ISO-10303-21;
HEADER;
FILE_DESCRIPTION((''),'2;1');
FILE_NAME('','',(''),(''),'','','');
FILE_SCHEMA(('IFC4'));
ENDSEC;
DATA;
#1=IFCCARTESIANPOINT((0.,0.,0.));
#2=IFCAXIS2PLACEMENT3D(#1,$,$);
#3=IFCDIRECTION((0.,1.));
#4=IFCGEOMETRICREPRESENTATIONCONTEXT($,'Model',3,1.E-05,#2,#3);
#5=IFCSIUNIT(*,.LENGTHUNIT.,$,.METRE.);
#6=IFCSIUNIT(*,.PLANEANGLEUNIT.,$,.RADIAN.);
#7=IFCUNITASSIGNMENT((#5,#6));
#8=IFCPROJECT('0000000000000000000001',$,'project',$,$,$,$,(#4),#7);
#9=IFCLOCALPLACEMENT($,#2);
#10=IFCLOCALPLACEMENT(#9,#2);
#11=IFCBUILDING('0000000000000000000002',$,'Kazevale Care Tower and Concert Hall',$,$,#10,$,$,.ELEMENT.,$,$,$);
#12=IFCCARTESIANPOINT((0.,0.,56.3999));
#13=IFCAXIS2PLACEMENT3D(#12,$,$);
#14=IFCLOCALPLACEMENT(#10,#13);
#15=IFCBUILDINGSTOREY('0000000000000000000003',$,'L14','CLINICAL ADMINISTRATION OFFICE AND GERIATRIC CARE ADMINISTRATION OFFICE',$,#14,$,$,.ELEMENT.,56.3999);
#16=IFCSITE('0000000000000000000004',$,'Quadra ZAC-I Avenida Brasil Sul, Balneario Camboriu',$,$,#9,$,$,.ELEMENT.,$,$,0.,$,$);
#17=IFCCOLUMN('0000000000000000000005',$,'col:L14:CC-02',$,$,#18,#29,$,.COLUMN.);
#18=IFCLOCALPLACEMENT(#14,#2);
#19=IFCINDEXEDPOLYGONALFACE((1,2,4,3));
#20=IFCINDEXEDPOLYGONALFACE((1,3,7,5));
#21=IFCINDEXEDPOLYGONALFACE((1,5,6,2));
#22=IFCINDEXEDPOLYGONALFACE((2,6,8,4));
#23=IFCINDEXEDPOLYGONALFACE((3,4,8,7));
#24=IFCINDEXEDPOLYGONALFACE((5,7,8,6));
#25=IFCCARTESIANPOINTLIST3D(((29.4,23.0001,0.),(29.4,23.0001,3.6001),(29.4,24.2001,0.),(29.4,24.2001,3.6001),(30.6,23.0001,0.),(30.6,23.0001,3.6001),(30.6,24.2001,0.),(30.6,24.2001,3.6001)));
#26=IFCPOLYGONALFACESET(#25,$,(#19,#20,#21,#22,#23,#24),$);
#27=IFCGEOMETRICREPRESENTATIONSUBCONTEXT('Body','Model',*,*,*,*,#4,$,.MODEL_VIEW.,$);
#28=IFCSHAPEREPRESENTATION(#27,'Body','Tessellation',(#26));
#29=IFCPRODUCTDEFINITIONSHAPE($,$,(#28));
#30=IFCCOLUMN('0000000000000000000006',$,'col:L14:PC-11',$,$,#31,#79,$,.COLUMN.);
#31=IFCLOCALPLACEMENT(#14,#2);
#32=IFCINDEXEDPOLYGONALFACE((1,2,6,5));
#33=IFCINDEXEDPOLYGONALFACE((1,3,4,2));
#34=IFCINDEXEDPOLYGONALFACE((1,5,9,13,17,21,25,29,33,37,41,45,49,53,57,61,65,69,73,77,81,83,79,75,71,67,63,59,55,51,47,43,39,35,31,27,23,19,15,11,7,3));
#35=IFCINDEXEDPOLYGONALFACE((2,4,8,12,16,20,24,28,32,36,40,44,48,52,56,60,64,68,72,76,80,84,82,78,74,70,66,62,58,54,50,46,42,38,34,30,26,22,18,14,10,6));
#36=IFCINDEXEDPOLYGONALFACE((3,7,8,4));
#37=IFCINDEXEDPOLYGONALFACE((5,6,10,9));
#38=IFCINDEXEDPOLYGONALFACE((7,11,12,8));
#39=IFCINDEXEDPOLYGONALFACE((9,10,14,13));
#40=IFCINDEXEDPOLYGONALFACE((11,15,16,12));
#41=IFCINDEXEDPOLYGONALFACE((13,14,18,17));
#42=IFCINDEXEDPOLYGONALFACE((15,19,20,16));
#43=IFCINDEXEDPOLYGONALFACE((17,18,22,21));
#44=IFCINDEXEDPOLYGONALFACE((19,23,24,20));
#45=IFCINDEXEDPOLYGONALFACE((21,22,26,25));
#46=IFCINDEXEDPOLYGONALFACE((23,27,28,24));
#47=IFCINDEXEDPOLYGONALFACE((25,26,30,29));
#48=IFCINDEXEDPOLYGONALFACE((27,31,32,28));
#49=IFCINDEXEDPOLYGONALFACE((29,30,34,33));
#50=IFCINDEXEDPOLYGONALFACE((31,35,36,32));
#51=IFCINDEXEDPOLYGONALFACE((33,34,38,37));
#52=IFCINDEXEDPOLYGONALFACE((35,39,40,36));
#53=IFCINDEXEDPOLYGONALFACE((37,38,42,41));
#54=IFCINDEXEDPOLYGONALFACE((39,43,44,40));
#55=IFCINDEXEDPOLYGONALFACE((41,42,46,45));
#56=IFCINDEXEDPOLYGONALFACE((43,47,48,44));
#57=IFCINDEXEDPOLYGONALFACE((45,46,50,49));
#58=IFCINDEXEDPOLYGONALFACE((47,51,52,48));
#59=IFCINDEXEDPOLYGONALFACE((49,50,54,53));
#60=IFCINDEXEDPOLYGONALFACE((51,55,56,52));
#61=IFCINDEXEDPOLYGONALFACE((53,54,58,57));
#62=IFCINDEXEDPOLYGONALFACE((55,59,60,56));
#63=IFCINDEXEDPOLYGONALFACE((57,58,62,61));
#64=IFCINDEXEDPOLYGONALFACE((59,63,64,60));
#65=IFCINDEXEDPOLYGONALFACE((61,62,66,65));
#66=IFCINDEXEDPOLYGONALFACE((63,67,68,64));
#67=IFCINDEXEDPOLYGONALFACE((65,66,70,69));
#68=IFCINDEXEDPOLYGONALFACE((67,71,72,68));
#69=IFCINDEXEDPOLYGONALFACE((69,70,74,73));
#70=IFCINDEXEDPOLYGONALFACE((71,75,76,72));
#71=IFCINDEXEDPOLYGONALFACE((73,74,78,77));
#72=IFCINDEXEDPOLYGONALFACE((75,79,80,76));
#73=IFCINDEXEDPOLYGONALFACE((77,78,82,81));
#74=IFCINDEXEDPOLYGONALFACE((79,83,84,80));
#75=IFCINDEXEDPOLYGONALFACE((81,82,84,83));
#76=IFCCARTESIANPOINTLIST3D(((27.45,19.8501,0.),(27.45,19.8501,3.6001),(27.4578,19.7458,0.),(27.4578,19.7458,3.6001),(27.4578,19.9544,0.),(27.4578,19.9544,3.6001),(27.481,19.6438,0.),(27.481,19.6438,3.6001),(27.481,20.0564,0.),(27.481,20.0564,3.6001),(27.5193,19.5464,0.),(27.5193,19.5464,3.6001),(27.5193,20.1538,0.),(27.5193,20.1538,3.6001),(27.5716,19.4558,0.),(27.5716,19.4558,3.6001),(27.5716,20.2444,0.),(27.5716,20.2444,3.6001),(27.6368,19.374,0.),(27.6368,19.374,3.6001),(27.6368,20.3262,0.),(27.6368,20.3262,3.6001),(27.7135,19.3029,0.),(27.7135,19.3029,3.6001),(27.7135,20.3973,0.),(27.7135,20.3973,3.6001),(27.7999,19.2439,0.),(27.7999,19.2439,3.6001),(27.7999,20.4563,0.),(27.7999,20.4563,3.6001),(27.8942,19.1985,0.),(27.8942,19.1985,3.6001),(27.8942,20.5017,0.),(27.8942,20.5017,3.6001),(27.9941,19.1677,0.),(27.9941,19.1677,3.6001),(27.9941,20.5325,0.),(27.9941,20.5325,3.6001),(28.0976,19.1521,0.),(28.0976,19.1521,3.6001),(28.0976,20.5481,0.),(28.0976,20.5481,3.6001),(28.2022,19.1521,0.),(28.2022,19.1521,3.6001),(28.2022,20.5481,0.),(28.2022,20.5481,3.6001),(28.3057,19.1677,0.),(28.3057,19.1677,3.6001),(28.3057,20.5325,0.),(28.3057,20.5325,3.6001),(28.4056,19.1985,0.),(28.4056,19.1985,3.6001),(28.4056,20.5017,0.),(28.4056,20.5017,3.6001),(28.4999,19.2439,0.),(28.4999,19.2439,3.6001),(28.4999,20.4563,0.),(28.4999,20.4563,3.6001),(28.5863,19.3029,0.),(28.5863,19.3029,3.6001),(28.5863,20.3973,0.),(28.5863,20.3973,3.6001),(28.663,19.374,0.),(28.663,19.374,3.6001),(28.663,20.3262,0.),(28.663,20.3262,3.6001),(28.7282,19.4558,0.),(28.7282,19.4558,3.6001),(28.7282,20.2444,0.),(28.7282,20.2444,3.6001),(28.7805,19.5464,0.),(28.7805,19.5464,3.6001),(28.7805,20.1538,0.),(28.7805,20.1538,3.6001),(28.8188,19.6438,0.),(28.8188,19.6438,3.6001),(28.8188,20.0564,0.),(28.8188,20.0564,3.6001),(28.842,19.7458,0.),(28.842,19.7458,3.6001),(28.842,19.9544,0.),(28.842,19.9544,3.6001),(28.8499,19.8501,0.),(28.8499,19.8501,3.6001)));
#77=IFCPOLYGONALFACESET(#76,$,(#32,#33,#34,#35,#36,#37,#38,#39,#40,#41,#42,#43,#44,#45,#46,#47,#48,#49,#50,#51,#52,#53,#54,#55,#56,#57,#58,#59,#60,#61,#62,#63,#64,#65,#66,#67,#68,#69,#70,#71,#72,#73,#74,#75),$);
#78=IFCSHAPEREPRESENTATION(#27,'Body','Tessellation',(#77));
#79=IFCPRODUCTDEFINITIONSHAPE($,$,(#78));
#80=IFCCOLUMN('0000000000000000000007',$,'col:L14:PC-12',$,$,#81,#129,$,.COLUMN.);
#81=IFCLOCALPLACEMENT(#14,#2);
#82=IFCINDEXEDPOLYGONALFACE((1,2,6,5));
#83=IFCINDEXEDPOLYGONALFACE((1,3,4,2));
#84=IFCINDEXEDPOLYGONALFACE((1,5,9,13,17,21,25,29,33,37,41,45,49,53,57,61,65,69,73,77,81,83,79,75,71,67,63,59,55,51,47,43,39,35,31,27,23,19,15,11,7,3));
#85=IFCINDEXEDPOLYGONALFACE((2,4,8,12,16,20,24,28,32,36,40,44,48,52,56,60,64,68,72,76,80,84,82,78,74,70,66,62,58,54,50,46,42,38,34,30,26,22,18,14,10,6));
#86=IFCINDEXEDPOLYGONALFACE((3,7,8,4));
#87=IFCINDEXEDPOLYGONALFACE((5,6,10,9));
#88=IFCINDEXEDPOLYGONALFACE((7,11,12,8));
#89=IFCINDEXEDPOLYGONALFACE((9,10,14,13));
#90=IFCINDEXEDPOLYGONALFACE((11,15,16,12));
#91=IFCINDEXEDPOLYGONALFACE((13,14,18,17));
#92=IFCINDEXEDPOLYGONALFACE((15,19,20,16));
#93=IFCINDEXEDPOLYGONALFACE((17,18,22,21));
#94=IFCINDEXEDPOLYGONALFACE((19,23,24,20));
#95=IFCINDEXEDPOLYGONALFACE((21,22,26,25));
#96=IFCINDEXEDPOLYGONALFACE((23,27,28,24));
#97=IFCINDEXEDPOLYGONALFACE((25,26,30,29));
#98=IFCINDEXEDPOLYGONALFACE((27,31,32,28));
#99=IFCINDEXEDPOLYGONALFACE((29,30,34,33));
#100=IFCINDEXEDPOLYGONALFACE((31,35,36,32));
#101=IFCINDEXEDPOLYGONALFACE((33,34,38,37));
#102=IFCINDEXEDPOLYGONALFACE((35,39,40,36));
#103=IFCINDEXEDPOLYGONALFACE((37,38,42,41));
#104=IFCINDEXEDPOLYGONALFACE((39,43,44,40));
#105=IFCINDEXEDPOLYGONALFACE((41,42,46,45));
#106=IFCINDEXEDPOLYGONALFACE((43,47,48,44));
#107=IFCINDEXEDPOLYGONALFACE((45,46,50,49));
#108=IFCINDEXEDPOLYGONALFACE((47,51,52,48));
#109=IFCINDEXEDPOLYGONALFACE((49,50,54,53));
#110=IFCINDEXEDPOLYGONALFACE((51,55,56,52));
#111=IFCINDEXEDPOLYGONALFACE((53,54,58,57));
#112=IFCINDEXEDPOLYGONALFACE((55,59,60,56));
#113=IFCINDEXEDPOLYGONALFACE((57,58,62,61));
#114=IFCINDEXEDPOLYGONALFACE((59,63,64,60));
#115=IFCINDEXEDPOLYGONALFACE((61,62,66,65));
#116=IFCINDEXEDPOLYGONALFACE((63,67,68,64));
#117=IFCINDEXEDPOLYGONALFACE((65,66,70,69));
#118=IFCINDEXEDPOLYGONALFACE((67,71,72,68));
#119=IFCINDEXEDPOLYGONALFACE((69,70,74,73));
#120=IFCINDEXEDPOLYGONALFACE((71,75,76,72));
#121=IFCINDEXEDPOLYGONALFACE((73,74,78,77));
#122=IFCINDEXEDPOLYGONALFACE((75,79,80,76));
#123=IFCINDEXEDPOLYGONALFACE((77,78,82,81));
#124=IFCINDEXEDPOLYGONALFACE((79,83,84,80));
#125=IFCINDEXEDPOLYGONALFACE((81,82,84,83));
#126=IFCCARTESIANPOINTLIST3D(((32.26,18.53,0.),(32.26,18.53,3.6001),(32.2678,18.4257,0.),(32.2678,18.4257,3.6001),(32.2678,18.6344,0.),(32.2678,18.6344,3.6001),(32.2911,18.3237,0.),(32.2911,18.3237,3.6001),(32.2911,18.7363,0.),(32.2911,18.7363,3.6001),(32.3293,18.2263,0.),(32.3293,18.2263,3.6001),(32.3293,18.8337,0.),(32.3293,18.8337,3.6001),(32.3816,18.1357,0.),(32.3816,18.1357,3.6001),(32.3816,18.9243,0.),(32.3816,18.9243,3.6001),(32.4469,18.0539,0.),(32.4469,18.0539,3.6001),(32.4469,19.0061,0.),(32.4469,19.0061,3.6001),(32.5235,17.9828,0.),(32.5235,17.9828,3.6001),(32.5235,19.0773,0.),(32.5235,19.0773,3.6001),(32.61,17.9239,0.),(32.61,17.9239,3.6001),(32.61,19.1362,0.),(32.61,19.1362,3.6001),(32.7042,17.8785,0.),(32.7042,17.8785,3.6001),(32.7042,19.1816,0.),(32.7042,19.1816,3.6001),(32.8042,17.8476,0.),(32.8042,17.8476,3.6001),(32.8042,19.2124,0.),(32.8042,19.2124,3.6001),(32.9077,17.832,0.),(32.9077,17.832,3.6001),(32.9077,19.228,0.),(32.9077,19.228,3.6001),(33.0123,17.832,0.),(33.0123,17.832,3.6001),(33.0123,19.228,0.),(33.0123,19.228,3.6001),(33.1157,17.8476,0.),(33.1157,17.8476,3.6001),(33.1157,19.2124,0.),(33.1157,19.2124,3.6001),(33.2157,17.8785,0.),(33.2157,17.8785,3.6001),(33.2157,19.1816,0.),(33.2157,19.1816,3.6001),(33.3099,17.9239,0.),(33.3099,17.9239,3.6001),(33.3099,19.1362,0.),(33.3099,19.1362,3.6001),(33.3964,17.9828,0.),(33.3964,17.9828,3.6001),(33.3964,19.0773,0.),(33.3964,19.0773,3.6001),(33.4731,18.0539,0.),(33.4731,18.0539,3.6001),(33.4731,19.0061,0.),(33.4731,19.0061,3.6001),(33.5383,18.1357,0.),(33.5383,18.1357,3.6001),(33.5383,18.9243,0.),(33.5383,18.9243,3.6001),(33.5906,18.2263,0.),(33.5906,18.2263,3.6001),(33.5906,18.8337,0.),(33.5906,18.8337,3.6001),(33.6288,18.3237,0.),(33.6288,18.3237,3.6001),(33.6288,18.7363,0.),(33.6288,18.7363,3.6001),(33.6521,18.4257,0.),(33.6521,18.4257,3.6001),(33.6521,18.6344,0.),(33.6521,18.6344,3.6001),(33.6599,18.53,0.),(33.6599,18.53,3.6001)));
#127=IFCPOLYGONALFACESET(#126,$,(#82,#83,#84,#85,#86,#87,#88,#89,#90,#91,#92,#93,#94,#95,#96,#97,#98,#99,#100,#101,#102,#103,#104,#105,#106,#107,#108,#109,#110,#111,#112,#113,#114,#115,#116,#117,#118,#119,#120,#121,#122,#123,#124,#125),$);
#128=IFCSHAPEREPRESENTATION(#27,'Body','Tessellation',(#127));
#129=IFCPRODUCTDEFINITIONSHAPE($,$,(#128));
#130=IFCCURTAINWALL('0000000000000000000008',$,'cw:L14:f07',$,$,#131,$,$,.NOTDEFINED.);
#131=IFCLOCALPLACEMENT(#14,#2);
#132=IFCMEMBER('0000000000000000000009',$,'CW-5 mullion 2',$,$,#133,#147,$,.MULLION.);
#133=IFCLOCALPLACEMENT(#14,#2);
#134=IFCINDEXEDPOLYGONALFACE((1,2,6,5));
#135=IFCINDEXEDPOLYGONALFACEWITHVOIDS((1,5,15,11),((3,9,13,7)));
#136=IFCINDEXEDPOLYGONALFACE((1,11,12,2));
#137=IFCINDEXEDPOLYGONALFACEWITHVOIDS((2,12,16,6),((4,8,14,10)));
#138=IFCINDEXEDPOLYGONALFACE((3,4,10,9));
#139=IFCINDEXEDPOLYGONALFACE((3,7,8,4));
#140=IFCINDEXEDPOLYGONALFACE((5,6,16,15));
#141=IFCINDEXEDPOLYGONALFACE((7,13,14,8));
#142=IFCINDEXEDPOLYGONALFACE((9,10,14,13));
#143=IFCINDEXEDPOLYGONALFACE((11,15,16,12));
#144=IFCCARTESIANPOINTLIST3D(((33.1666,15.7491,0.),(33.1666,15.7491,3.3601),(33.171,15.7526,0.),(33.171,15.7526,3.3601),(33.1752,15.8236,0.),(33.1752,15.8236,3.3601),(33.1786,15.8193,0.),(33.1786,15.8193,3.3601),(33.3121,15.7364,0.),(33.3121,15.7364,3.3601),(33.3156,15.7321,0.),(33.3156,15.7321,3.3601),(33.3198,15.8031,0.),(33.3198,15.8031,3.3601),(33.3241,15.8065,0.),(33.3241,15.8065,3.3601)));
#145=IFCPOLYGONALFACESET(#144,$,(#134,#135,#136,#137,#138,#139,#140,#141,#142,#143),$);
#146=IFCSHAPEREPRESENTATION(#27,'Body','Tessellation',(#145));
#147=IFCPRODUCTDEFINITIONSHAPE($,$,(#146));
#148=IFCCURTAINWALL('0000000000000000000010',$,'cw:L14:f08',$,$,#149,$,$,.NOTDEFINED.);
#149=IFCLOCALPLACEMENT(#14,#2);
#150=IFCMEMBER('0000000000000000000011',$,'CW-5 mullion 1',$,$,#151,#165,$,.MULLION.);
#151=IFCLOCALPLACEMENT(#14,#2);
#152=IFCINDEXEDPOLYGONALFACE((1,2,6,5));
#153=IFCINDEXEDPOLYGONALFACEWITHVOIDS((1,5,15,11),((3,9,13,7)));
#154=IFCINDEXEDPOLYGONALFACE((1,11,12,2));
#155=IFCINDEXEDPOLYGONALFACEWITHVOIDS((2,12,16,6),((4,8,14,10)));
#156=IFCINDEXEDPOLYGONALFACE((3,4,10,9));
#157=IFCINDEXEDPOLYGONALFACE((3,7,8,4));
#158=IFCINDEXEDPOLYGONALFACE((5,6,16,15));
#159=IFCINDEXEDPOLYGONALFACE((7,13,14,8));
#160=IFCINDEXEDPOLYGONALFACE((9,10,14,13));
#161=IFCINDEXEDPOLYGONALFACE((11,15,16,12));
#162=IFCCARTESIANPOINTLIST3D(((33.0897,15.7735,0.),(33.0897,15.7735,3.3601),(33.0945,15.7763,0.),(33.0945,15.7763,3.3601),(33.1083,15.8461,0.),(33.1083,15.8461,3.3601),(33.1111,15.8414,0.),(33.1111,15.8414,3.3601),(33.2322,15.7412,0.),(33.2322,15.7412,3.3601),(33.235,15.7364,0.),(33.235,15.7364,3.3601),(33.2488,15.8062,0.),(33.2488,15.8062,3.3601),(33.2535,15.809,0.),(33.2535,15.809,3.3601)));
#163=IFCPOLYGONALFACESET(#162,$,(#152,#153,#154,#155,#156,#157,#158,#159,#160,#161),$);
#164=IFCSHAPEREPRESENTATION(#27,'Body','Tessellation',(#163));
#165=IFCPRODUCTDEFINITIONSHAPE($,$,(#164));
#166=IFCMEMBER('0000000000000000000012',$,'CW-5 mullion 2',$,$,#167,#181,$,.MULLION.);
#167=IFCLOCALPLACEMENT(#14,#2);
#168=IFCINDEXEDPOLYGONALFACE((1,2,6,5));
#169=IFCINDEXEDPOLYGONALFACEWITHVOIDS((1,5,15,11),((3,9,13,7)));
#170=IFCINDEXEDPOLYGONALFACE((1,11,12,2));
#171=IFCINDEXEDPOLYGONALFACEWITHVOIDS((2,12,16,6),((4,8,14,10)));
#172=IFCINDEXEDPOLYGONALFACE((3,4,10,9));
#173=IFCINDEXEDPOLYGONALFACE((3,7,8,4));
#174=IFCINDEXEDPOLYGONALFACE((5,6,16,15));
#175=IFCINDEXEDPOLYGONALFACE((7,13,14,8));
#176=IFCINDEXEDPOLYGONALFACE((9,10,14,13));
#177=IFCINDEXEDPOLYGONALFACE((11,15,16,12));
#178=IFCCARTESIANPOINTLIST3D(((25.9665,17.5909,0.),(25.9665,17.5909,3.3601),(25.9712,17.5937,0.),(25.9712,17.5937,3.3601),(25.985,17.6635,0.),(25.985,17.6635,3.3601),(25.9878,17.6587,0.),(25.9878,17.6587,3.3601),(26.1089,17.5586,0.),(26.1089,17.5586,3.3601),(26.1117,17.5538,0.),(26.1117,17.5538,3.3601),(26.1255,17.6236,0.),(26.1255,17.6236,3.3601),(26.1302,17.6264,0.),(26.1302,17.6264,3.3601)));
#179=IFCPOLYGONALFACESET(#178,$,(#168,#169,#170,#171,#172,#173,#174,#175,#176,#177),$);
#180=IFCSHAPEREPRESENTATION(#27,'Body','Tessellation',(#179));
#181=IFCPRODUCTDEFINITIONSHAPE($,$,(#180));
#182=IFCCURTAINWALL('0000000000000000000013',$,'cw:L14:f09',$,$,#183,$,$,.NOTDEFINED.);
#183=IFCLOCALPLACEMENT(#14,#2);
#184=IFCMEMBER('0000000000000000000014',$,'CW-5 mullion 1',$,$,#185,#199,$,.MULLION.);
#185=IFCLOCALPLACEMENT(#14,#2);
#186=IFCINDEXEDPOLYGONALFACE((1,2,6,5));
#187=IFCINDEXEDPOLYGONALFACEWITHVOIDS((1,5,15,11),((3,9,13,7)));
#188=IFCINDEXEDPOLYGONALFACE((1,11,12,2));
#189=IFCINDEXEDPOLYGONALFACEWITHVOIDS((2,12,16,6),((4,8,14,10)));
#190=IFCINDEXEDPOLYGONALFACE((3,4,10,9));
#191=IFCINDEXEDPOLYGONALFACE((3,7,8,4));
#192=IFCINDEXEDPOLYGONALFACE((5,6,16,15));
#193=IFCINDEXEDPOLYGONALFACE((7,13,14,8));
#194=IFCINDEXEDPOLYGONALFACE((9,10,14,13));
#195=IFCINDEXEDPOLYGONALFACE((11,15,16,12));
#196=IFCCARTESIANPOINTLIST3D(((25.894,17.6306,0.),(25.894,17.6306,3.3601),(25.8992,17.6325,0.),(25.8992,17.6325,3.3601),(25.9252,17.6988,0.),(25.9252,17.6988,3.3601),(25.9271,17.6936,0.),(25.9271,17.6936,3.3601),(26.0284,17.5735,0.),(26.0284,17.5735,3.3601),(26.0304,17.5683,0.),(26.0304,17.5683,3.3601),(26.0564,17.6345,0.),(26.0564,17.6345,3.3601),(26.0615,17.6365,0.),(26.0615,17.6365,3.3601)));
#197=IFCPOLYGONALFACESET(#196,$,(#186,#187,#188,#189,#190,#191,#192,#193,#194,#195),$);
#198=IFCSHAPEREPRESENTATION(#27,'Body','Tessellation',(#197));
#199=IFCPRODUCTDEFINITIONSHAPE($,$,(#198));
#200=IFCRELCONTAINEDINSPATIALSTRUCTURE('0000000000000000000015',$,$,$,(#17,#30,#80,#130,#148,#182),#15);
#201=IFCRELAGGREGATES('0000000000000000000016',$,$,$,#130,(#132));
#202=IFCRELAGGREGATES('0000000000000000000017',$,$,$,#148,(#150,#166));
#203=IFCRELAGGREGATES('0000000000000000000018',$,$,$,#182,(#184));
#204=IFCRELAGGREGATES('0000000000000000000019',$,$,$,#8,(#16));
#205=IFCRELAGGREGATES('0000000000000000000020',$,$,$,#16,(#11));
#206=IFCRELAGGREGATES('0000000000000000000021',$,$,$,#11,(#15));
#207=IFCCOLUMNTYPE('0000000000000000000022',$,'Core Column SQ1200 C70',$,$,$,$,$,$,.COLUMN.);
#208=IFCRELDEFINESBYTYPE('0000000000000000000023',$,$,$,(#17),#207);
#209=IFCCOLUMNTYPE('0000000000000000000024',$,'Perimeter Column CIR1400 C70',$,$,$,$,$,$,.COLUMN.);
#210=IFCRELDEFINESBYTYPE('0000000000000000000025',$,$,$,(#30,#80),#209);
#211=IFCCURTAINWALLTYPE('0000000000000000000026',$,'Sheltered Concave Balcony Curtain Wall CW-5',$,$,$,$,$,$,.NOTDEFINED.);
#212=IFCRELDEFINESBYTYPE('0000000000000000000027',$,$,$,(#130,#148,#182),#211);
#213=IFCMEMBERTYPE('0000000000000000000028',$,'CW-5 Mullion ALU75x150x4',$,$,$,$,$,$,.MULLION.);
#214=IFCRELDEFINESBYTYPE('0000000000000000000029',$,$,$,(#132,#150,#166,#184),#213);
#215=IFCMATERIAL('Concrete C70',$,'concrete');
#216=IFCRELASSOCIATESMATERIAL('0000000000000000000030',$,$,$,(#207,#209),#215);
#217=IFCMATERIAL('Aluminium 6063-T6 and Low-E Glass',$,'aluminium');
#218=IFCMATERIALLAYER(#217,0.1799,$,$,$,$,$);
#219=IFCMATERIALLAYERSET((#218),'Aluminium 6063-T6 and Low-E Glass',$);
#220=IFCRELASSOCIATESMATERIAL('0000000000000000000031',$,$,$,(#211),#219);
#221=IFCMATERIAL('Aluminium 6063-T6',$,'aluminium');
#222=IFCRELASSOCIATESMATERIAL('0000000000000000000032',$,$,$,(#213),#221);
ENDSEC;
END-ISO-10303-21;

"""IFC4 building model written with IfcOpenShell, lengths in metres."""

from ifc_helpers import new_model, si_unit, direction, frame, origin, origin_2d, place, context, subcontext, project, spatial, rectangle, hollow_rectangle, circle, extrude, material, layer, layer_set, material_profile, profile_set, type_object, element, aggregate, save


model = new_model("IFC4")

# Units and contexts
model_context = context("Model", 3, precision=1e-05, world=origin(), true_north=direction((0.0, 1.0)))
body_context = subcontext(model_context, "Body", "Model", "MODEL_VIEW")
ifc_project = project(units=[si_unit("LENGTHUNIT", "METRE"), si_unit("PLANEANGLEUNIT", "RADIAN")], contexts=[model_context])

# Site, building, storey
site_placement = place(None, origin())
site = spatial("IfcSite", under=ifc_project, at=site_placement, Name="Quadra ZAC-I Avenida Brasil Sul, Balneario Camboriu", CompositionType="ELEMENT", RefElevation=0.0)
building_placement = place(site_placement, origin())
building = spatial("IfcBuilding", under=site, at=building_placement, Name="Kazevale Care Tower and Concert Hall", CompositionType="ELEMENT")
storey_placement = place(building_placement, frame((0.0, 0.0, 56.3999)))
storey = spatial("IfcBuildingStorey", under=building, at=storey_placement, Name="L14", Description="CLINICAL ADMINISTRATION OFFICE AND GERIATRIC CARE ADMINISTRATION OFFICE", CompositionType="ELEMENT", Elevation=56.3999)

# Columns
ifc_material_1 = material(Name="Concrete C70", Category="concrete")
ifc_material_profile_1 = material_profile(ifc_material_1, rectangle(XDim=1.2, YDim=1.2, at=origin_2d()), Name="RC-SQ1200")
ifc_profile_set_1 = profile_set([ifc_material_profile_1], Name="Concrete C70")
column_type_1 = type_object("IfcColumnType", Name="Core Column SQ1200 C70", PredefinedType="COLUMN", material=ifc_profile_set_1)
column_placement = place(storey_placement, frame((30.0, 23.6001, 0.0), z_axis=(0.0, 0.0, 1.0), x_axis=(1.0, 0.0, 0.0)))
element("IfcColumn", 1, at=column_placement, inside=storey, type_object=column_type_1, Name="col:L14:CC-02", PredefinedType="COLUMN", context=body_context, shape_type="SweptSolid", body=[
    extrude(rectangle(XDim=1.2, YDim=1.2, at=origin_2d()), origin(), (0.0, 0.0, 1.0), 3.6001),
])
ifc_material_profile_2 = material_profile(ifc_material_1, circle(Radius=0.7, at=origin_2d()), Name="RC-CIR1400")
ifc_profile_set_2 = profile_set([ifc_material_profile_2], Name="Concrete C70")
column_type_2 = type_object("IfcColumnType", Name="Perimeter Column CIR1400 C70", PredefinedType="COLUMN", material=ifc_profile_set_2)
for number, where, z_axis, x_axis, name in (
    (2, (28.1499, 19.8501, 0.0), (0.0, 0.0, 1.0), (1.0, 0.0, 0.0), "col:L14:PC-11"),
    (3, (32.96, 18.53, 0.0), (0.0, 0.0, 1.0), (1.0, 0.0, 0.0), "col:L14:PC-12"),
):
    element("IfcColumn", number, at=place(storey_placement, frame(where, z_axis=z_axis, x_axis=x_axis)), inside=storey, type_object=column_type_2, Name=name, PredefinedType="COLUMN", context=body_context, shape_type="SweptSolid", body=[
        extrude(circle(Radius=0.7, at=origin_2d()), origin(), (0.0, 0.0, 1.0), 3.6001),
    ])

# Curtain wall, member
ifc_material_2 = material(Name="Aluminium 6063-T6 and Low-E Glass", Category="aluminium")
ifc_layer_1 = layer(ifc_material_2, 0.1799)
ifc_layer_set_1 = layer_set([ifc_layer_1], Name="Aluminium 6063-T6 and Low-E Glass")
curtain_wall_type = type_object("IfcCurtainWallType", Name="Sheltered Concave Balcony Curtain Wall CW-5", PredefinedType="NOTDEFINED", material=ifc_layer_set_1)
curtain_wall_1_placement = place(storey_placement, origin())
curtain_wall_1 = element("IfcCurtainWall", 4, at=curtain_wall_1_placement, inside=storey, type_object=curtain_wall_type, Name="cw:L14:f07", PredefinedType="NOTDEFINED")
ifc_material_3 = material(Name="Aluminium 6063-T6", Category="aluminium")
ifc_material_profile_3 = material_profile(ifc_material_3, hollow_rectangle(XDim=0.075, YDim=0.1499, WallThickness=0.0039, at=origin_2d()), Name="ALU75x150x4")
ifc_profile_set_3 = profile_set([ifc_material_profile_3], Name="Aluminium 6063-T6")
member_type_1 = type_object("IfcMemberType", Name="CW-5 Mullion ALU75x150x4", PredefinedType="MULLION", material=ifc_profile_set_3)
member_1_placement = place(storey_placement, frame((33.2454, 15.7778, 0.0), z_axis=(0.0, 0.0, 1.0), x_axis=(-0.113705, -0.993515, 0.0)))
member_1 = element("IfcMember", 5, at=member_1_placement, type_object=member_type_1, Name="CW-5 mullion 2", PredefinedType="MULLION", context=body_context, shape_type="SweptSolid", body=[
    extrude(hollow_rectangle(XDim=0.075, YDim=0.1499, WallThickness=0.0039, at=origin_2d()), origin(), (0.0, 0.0, 1.0), 3.3601),
])
aggregate(curtain_wall_1, [member_1])

# Curtain wall, members
curtain_wall_2_placement = place(storey_placement, origin())
curtain_wall_2 = element("IfcCurtainWall", 6, at=curtain_wall_2_placement, inside=storey, type_object=curtain_wall_type, Name="cw:L14:f08", PredefinedType="NOTDEFINED")
member_2_placement = place(storey_placement, frame((33.1716, 15.7913, 0.0), z_axis=(0.0, 0.0, 1.0), x_axis=(-0.247222, -0.968959, 0.0)))
member_2 = element("IfcMember", 7, at=member_2_placement, type_object=member_type_1, Name="CW-5 mullion 1", PredefinedType="MULLION", context=body_context, shape_type="SweptSolid", body=[
    extrude(hollow_rectangle(XDim=0.075, YDim=0.1499, WallThickness=0.0039, at=origin_2d()), origin(), (0.0, 0.0, 1.0), 3.3601),
])
member_3_placement = place(storey_placement, frame((26.0483, 17.6086, 0.0), z_axis=(0.0, 0.0, 1.0), x_axis=(-0.247222, -0.968959, 0.0)))
member_3 = element("IfcMember", 8, at=member_3_placement, type_object=member_type_1, Name="CW-5 mullion 2", PredefinedType="MULLION", context=body_context, shape_type="SweptSolid", body=[
    extrude(hollow_rectangle(XDim=0.075, YDim=0.1499, WallThickness=0.0039, at=origin_2d()), origin(), (0.0, 0.0, 1.0), 3.3601),
])

# Curtain wall, member
curtain_wall_3_placement = place(storey_placement, origin())
curtain_wall_3 = element("IfcCurtainWall", 9, at=curtain_wall_3_placement, inside=storey, type_object=curtain_wall_type, Name="cw:L14:f09", PredefinedType="NOTDEFINED")
member_4_placement = place(storey_placement, frame((25.9778, 17.6335, 0.0), z_axis=(0.0, 0.0, 1.0), x_axis=(-0.41566, -0.90952, 0.0)))
member_4 = element("IfcMember", 10, at=member_4_placement, type_object=member_type_1, Name="CW-5 mullion 1", PredefinedType="MULLION", context=body_context, shape_type="SweptSolid", body=[
    extrude(hollow_rectangle(XDim=0.075, YDim=0.1499, WallThickness=0.0039, at=origin_2d()), origin(), (0.0, 0.0, 1.0), 3.3601),
])

aggregate(curtain_wall_2, [member_2, member_3])
aggregate(curtain_wall_3, [member_4])

save(model, "model.ifc")
